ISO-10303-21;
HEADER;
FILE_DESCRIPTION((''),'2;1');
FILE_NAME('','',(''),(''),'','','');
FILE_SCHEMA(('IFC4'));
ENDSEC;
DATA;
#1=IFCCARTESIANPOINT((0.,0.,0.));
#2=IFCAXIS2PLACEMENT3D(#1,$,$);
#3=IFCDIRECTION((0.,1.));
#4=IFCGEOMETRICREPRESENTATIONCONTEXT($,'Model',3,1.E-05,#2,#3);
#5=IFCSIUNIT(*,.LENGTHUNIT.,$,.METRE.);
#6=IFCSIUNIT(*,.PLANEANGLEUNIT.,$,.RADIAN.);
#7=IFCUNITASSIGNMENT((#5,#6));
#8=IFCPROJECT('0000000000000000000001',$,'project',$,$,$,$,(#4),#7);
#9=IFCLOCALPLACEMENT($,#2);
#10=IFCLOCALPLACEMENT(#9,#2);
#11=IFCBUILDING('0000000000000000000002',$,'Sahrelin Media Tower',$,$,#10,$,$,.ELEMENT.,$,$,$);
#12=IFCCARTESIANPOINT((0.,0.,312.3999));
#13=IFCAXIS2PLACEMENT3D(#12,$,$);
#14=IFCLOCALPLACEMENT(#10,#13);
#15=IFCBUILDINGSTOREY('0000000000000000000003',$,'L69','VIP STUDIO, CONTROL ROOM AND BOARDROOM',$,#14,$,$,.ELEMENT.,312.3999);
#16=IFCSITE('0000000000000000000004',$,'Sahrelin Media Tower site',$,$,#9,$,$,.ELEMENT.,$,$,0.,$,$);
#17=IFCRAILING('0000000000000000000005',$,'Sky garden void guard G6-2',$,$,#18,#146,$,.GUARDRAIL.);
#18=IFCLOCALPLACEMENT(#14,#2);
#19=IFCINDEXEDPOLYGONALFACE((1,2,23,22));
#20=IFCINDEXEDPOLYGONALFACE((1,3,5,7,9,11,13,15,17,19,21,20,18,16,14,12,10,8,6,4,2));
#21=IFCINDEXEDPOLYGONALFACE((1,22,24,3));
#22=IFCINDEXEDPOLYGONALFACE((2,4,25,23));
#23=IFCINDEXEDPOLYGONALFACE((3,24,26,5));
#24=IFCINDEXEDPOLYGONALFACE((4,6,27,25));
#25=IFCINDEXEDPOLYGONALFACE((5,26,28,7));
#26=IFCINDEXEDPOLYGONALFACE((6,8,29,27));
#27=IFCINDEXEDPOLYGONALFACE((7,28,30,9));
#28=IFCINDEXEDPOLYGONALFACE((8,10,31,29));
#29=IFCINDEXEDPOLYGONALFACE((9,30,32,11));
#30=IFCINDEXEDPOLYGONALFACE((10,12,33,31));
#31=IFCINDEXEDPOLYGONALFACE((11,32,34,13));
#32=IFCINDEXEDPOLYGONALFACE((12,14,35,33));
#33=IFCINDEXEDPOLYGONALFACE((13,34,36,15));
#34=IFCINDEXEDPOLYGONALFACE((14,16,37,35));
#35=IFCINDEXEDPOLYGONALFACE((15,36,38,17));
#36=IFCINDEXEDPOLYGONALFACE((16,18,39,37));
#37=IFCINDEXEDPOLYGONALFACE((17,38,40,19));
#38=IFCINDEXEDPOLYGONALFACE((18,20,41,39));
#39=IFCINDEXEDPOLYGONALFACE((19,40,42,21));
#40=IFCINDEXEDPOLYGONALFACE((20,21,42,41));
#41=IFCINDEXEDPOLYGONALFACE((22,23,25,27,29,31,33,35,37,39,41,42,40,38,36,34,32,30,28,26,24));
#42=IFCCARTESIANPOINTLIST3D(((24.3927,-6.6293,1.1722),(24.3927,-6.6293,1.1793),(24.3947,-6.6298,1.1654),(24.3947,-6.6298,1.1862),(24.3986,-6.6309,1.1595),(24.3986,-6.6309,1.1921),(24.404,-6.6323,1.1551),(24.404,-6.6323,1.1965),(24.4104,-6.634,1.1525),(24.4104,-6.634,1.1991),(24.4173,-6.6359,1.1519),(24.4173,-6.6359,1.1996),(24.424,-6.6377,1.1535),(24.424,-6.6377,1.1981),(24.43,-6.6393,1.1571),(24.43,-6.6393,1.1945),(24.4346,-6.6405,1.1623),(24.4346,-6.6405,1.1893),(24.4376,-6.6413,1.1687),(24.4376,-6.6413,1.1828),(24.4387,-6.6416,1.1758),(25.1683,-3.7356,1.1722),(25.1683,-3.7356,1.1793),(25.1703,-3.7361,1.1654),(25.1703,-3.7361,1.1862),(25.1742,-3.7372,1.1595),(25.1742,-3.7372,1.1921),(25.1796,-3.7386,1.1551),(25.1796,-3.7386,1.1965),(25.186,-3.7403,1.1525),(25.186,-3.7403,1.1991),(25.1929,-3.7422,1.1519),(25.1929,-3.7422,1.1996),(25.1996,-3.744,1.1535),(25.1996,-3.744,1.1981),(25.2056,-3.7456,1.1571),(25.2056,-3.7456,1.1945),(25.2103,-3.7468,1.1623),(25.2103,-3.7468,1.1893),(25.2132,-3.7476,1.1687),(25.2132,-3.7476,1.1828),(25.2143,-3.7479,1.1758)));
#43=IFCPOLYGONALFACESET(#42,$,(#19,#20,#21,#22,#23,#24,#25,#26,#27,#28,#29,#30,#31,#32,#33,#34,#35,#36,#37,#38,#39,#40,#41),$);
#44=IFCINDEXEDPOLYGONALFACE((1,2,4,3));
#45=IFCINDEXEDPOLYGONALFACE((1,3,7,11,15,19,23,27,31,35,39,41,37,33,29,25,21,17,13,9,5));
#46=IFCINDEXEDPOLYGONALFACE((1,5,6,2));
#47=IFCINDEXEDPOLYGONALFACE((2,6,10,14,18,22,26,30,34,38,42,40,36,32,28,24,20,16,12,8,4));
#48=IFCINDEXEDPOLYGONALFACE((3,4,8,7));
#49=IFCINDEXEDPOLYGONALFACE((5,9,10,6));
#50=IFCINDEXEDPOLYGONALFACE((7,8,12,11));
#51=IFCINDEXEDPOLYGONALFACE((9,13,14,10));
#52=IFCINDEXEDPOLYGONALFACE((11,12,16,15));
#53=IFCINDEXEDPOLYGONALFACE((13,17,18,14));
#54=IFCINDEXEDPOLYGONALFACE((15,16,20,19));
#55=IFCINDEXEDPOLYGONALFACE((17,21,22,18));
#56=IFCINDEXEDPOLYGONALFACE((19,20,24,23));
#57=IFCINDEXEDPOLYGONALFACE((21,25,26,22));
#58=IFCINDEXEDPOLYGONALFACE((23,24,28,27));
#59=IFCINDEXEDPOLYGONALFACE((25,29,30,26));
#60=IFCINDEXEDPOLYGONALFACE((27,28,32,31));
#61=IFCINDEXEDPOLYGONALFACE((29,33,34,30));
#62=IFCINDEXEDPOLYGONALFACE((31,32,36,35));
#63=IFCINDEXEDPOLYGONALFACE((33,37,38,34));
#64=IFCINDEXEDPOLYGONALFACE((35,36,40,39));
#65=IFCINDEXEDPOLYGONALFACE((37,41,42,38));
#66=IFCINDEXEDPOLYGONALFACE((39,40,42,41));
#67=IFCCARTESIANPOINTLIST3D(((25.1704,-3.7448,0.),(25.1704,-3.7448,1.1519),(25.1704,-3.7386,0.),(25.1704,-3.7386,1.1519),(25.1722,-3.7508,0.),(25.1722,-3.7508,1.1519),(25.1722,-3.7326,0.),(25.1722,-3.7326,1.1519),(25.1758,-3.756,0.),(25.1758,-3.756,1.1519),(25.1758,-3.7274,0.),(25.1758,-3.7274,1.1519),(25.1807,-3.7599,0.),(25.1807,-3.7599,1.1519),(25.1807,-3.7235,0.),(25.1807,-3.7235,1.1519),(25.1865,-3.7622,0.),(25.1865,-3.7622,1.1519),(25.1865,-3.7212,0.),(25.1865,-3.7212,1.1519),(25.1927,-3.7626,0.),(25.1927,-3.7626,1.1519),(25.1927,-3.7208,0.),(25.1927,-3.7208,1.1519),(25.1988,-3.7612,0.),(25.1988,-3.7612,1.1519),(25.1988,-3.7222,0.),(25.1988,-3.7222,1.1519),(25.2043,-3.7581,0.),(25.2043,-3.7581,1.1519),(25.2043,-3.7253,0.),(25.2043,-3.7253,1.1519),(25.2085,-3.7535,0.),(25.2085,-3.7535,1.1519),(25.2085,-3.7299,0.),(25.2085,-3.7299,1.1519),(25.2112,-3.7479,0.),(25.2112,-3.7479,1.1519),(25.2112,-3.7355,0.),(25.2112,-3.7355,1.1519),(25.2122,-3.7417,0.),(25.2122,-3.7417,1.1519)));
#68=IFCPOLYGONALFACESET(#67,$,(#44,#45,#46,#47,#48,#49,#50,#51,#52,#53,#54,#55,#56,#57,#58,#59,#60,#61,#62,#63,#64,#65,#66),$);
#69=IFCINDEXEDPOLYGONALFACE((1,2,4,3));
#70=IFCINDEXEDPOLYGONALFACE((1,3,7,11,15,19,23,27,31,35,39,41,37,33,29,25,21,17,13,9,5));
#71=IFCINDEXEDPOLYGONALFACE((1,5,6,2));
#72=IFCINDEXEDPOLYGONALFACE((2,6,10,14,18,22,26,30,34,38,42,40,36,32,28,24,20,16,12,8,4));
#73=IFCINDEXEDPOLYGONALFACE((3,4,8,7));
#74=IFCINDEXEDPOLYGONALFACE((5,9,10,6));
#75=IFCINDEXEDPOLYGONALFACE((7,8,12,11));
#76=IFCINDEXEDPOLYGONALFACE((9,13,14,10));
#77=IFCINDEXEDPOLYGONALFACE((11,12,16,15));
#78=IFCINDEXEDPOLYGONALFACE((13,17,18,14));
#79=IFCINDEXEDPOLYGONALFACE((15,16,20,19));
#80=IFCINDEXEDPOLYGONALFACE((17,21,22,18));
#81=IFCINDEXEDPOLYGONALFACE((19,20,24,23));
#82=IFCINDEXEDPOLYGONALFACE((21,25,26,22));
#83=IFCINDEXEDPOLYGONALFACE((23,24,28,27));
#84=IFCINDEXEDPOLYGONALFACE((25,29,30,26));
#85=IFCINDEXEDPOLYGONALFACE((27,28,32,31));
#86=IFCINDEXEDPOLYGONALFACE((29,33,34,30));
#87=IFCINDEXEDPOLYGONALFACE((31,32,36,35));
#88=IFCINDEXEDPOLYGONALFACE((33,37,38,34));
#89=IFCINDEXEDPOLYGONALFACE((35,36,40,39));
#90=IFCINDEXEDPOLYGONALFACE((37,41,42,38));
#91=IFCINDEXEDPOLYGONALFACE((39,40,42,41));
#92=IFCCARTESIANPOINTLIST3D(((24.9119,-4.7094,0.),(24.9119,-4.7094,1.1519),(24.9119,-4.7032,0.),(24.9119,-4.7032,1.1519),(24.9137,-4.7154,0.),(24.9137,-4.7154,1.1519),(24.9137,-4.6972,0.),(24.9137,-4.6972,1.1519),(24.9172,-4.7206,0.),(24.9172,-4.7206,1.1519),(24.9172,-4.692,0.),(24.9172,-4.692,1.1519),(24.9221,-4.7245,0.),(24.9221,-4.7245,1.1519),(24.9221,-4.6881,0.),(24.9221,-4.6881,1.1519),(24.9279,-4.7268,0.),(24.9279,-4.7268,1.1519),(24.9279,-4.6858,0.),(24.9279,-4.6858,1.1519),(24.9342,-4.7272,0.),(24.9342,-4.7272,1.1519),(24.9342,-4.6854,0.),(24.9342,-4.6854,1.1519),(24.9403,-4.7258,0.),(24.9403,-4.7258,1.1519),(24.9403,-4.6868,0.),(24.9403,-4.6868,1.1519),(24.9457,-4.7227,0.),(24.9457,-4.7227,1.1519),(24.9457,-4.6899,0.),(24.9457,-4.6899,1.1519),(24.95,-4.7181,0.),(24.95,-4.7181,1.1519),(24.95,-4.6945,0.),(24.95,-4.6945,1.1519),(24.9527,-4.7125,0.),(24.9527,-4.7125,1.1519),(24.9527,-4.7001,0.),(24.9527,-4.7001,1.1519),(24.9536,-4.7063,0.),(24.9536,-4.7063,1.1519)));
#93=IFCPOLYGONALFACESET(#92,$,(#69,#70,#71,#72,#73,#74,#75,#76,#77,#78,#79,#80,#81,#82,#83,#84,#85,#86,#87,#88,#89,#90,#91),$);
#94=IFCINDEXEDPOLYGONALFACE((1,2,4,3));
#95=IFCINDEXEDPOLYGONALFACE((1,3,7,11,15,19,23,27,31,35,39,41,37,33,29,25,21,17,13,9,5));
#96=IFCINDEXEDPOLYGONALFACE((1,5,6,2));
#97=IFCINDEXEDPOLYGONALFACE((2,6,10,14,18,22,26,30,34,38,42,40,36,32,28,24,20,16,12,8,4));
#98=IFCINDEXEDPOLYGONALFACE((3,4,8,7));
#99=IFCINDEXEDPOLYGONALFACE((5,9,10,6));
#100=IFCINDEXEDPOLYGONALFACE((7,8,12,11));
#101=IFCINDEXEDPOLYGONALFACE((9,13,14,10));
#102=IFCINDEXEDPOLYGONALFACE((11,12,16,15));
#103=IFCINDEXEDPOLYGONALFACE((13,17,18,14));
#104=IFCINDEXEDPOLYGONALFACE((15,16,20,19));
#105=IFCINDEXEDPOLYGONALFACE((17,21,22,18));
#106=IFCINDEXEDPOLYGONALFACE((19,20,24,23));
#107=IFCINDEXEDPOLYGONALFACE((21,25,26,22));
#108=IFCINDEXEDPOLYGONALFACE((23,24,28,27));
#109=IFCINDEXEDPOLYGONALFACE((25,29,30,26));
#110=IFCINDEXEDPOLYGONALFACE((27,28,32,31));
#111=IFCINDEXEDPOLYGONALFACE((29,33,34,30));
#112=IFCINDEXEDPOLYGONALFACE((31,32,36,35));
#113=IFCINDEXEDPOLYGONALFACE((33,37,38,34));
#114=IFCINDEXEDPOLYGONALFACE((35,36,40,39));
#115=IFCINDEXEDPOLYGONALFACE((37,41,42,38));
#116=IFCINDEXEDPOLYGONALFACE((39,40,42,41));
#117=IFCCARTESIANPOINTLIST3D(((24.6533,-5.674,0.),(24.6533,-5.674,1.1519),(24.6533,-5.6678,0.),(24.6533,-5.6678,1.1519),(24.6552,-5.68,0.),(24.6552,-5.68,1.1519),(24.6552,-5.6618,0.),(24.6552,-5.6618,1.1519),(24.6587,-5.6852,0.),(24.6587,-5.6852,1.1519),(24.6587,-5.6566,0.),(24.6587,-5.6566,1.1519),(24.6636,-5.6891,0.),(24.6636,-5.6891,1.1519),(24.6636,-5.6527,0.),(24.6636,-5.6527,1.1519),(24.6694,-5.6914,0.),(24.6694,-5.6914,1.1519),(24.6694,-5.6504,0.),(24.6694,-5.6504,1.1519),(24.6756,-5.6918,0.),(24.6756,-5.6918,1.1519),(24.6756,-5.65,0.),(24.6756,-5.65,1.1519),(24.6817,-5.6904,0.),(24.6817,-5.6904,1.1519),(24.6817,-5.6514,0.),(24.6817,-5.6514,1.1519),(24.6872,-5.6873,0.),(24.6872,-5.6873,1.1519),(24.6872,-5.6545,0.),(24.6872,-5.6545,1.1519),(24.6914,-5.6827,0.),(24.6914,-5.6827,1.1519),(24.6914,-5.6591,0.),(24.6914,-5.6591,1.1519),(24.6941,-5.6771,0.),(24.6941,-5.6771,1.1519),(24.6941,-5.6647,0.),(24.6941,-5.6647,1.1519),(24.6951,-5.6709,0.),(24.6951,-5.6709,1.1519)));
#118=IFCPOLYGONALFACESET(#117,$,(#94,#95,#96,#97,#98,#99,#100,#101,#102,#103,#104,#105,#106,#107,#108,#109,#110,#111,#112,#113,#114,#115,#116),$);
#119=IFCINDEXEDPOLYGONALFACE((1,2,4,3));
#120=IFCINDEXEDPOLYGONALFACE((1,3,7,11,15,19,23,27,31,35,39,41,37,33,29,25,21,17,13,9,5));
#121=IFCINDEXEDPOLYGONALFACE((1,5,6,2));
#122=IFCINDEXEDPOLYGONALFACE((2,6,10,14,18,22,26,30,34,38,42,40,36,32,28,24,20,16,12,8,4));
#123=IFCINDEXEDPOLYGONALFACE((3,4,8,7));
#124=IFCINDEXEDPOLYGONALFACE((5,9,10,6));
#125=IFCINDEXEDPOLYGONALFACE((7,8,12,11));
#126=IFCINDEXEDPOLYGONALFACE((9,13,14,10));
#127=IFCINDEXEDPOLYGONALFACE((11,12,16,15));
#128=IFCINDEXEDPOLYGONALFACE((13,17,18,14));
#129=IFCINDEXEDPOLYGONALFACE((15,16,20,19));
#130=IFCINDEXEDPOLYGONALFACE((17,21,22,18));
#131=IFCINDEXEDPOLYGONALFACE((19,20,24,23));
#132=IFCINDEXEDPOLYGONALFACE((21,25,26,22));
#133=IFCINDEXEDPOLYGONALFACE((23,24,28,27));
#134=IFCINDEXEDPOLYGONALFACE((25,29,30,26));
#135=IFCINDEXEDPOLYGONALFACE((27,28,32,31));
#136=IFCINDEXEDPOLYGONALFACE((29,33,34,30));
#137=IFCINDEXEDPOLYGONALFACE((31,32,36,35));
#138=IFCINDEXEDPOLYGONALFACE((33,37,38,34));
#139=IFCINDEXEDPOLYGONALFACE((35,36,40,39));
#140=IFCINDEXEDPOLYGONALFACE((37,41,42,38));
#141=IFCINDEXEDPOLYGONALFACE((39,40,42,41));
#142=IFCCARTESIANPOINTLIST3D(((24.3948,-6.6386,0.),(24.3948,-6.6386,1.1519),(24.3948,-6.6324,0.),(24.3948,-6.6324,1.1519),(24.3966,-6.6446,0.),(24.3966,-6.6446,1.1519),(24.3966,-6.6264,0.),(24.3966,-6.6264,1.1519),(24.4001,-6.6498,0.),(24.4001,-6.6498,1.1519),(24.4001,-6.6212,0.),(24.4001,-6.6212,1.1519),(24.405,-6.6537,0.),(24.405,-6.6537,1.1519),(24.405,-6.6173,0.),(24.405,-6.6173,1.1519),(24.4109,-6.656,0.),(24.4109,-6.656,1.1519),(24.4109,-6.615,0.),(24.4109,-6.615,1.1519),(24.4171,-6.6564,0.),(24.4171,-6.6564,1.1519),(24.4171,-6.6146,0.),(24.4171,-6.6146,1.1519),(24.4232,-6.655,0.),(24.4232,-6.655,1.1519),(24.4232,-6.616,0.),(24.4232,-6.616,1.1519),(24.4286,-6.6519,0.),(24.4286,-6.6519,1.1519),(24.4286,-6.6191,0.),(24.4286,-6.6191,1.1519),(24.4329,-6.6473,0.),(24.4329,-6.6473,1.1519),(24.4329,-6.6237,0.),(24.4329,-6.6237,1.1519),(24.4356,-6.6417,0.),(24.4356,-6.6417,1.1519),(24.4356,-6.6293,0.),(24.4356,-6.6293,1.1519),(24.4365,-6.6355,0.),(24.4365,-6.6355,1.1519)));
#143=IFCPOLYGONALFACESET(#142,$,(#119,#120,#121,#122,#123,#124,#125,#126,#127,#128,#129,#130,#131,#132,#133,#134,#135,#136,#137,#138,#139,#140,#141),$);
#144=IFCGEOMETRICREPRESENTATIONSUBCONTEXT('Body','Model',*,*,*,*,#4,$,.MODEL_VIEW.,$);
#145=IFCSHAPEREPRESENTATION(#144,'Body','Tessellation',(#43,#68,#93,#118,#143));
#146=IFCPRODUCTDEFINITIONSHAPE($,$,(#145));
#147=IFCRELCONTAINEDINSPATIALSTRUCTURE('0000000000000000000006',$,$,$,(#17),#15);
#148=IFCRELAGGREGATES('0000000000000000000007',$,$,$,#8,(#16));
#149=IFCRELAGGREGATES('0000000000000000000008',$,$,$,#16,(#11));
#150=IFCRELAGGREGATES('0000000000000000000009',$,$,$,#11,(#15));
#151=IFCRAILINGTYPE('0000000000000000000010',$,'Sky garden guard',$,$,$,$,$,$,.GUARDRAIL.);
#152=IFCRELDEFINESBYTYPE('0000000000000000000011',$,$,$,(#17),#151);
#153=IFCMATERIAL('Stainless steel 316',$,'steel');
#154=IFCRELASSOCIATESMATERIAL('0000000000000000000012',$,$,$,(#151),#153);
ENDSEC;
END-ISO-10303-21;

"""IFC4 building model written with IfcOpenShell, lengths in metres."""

from ifc_helpers import new_model, si_unit, direction, frame, origin, origin_2d, place, context, subcontext, project, spatial, circle, extrude, material, type_object, element, save


model = new_model("IFC4")

# Units and contexts
model_context = context("Model", 3, precision=1e-05, world=origin(), true_north=direction((0.0, 1.0)))
body_context = subcontext(model_context, "Body", "Model", "MODEL_VIEW")
ifc_project = project(units=[si_unit("LENGTHUNIT", "METRE"), si_unit("PLANEANGLEUNIT", "RADIAN")], contexts=[model_context])

# Site, building, storey
site_placement = place(None, origin())
site = spatial("IfcSite", under=ifc_project, at=site_placement, Name="Sahrelin Media Tower site", CompositionType="ELEMENT", RefElevation=0.0)
building_placement = place(site_placement, origin())
building = spatial("IfcBuilding", under=site, at=building_placement, Name="Sahrelin Media Tower", CompositionType="ELEMENT")
storey_placement = place(building_placement, frame((0.0, 0.0, 312.3999)))
storey = spatial("IfcBuildingStorey", under=building, at=storey_placement, Name="L69", Description="VIP STUDIO, CONTROL ROOM AND BOARDROOM", CompositionType="ELEMENT", Elevation=312.3999)

# Railing
ifc_material_1 = material(Name="Stainless steel 316", Category="steel")
railing_type_1 = type_object("IfcRailingType", Name="Sky garden guard", PredefinedType="GUARDRAIL", material=ifc_material_1)
railing_1_placement = place(storey_placement, frame((25.1912, -3.7417, 0.0)))
element("IfcRailing", 1, at=railing_1_placement, inside=storey, type_object=railing_type_1, Name="Sky garden void guard G6-2", PredefinedType="GUARDRAIL", context=body_context, shape_type="SweptSolid", body=[
    extrude(circle(Radius=0.0239, at=origin_2d()), frame((0.0, 0.0, 1.1758), z_axis=(-0.258895, -0.965905, 0.0), x_axis=(0.965905, -0.258895, 0.0)), (0.0, 0.0, 1.0), 2.9958),
    extrude(circle(Radius=0.021, at=origin_2d()), origin(), (0.0, 0.0, 1.0), 1.1519),
    extrude(circle(Radius=0.021, at=origin_2d()), frame((-0.2585, -0.9646, 0.0)), (0.0, 0.0, 1.0), 1.1519),
    extrude(circle(Radius=0.021, at=origin_2d()), frame((-0.5171, -1.9292, 0.0)), (0.0, 0.0, 1.0), 1.1519),
    extrude(circle(Radius=0.021, at=origin_2d()), frame((-0.7756, -2.8938, 0.0)), (0.0, 0.0, 1.0), 1.1519),
])

save(model, "model.ifc")
